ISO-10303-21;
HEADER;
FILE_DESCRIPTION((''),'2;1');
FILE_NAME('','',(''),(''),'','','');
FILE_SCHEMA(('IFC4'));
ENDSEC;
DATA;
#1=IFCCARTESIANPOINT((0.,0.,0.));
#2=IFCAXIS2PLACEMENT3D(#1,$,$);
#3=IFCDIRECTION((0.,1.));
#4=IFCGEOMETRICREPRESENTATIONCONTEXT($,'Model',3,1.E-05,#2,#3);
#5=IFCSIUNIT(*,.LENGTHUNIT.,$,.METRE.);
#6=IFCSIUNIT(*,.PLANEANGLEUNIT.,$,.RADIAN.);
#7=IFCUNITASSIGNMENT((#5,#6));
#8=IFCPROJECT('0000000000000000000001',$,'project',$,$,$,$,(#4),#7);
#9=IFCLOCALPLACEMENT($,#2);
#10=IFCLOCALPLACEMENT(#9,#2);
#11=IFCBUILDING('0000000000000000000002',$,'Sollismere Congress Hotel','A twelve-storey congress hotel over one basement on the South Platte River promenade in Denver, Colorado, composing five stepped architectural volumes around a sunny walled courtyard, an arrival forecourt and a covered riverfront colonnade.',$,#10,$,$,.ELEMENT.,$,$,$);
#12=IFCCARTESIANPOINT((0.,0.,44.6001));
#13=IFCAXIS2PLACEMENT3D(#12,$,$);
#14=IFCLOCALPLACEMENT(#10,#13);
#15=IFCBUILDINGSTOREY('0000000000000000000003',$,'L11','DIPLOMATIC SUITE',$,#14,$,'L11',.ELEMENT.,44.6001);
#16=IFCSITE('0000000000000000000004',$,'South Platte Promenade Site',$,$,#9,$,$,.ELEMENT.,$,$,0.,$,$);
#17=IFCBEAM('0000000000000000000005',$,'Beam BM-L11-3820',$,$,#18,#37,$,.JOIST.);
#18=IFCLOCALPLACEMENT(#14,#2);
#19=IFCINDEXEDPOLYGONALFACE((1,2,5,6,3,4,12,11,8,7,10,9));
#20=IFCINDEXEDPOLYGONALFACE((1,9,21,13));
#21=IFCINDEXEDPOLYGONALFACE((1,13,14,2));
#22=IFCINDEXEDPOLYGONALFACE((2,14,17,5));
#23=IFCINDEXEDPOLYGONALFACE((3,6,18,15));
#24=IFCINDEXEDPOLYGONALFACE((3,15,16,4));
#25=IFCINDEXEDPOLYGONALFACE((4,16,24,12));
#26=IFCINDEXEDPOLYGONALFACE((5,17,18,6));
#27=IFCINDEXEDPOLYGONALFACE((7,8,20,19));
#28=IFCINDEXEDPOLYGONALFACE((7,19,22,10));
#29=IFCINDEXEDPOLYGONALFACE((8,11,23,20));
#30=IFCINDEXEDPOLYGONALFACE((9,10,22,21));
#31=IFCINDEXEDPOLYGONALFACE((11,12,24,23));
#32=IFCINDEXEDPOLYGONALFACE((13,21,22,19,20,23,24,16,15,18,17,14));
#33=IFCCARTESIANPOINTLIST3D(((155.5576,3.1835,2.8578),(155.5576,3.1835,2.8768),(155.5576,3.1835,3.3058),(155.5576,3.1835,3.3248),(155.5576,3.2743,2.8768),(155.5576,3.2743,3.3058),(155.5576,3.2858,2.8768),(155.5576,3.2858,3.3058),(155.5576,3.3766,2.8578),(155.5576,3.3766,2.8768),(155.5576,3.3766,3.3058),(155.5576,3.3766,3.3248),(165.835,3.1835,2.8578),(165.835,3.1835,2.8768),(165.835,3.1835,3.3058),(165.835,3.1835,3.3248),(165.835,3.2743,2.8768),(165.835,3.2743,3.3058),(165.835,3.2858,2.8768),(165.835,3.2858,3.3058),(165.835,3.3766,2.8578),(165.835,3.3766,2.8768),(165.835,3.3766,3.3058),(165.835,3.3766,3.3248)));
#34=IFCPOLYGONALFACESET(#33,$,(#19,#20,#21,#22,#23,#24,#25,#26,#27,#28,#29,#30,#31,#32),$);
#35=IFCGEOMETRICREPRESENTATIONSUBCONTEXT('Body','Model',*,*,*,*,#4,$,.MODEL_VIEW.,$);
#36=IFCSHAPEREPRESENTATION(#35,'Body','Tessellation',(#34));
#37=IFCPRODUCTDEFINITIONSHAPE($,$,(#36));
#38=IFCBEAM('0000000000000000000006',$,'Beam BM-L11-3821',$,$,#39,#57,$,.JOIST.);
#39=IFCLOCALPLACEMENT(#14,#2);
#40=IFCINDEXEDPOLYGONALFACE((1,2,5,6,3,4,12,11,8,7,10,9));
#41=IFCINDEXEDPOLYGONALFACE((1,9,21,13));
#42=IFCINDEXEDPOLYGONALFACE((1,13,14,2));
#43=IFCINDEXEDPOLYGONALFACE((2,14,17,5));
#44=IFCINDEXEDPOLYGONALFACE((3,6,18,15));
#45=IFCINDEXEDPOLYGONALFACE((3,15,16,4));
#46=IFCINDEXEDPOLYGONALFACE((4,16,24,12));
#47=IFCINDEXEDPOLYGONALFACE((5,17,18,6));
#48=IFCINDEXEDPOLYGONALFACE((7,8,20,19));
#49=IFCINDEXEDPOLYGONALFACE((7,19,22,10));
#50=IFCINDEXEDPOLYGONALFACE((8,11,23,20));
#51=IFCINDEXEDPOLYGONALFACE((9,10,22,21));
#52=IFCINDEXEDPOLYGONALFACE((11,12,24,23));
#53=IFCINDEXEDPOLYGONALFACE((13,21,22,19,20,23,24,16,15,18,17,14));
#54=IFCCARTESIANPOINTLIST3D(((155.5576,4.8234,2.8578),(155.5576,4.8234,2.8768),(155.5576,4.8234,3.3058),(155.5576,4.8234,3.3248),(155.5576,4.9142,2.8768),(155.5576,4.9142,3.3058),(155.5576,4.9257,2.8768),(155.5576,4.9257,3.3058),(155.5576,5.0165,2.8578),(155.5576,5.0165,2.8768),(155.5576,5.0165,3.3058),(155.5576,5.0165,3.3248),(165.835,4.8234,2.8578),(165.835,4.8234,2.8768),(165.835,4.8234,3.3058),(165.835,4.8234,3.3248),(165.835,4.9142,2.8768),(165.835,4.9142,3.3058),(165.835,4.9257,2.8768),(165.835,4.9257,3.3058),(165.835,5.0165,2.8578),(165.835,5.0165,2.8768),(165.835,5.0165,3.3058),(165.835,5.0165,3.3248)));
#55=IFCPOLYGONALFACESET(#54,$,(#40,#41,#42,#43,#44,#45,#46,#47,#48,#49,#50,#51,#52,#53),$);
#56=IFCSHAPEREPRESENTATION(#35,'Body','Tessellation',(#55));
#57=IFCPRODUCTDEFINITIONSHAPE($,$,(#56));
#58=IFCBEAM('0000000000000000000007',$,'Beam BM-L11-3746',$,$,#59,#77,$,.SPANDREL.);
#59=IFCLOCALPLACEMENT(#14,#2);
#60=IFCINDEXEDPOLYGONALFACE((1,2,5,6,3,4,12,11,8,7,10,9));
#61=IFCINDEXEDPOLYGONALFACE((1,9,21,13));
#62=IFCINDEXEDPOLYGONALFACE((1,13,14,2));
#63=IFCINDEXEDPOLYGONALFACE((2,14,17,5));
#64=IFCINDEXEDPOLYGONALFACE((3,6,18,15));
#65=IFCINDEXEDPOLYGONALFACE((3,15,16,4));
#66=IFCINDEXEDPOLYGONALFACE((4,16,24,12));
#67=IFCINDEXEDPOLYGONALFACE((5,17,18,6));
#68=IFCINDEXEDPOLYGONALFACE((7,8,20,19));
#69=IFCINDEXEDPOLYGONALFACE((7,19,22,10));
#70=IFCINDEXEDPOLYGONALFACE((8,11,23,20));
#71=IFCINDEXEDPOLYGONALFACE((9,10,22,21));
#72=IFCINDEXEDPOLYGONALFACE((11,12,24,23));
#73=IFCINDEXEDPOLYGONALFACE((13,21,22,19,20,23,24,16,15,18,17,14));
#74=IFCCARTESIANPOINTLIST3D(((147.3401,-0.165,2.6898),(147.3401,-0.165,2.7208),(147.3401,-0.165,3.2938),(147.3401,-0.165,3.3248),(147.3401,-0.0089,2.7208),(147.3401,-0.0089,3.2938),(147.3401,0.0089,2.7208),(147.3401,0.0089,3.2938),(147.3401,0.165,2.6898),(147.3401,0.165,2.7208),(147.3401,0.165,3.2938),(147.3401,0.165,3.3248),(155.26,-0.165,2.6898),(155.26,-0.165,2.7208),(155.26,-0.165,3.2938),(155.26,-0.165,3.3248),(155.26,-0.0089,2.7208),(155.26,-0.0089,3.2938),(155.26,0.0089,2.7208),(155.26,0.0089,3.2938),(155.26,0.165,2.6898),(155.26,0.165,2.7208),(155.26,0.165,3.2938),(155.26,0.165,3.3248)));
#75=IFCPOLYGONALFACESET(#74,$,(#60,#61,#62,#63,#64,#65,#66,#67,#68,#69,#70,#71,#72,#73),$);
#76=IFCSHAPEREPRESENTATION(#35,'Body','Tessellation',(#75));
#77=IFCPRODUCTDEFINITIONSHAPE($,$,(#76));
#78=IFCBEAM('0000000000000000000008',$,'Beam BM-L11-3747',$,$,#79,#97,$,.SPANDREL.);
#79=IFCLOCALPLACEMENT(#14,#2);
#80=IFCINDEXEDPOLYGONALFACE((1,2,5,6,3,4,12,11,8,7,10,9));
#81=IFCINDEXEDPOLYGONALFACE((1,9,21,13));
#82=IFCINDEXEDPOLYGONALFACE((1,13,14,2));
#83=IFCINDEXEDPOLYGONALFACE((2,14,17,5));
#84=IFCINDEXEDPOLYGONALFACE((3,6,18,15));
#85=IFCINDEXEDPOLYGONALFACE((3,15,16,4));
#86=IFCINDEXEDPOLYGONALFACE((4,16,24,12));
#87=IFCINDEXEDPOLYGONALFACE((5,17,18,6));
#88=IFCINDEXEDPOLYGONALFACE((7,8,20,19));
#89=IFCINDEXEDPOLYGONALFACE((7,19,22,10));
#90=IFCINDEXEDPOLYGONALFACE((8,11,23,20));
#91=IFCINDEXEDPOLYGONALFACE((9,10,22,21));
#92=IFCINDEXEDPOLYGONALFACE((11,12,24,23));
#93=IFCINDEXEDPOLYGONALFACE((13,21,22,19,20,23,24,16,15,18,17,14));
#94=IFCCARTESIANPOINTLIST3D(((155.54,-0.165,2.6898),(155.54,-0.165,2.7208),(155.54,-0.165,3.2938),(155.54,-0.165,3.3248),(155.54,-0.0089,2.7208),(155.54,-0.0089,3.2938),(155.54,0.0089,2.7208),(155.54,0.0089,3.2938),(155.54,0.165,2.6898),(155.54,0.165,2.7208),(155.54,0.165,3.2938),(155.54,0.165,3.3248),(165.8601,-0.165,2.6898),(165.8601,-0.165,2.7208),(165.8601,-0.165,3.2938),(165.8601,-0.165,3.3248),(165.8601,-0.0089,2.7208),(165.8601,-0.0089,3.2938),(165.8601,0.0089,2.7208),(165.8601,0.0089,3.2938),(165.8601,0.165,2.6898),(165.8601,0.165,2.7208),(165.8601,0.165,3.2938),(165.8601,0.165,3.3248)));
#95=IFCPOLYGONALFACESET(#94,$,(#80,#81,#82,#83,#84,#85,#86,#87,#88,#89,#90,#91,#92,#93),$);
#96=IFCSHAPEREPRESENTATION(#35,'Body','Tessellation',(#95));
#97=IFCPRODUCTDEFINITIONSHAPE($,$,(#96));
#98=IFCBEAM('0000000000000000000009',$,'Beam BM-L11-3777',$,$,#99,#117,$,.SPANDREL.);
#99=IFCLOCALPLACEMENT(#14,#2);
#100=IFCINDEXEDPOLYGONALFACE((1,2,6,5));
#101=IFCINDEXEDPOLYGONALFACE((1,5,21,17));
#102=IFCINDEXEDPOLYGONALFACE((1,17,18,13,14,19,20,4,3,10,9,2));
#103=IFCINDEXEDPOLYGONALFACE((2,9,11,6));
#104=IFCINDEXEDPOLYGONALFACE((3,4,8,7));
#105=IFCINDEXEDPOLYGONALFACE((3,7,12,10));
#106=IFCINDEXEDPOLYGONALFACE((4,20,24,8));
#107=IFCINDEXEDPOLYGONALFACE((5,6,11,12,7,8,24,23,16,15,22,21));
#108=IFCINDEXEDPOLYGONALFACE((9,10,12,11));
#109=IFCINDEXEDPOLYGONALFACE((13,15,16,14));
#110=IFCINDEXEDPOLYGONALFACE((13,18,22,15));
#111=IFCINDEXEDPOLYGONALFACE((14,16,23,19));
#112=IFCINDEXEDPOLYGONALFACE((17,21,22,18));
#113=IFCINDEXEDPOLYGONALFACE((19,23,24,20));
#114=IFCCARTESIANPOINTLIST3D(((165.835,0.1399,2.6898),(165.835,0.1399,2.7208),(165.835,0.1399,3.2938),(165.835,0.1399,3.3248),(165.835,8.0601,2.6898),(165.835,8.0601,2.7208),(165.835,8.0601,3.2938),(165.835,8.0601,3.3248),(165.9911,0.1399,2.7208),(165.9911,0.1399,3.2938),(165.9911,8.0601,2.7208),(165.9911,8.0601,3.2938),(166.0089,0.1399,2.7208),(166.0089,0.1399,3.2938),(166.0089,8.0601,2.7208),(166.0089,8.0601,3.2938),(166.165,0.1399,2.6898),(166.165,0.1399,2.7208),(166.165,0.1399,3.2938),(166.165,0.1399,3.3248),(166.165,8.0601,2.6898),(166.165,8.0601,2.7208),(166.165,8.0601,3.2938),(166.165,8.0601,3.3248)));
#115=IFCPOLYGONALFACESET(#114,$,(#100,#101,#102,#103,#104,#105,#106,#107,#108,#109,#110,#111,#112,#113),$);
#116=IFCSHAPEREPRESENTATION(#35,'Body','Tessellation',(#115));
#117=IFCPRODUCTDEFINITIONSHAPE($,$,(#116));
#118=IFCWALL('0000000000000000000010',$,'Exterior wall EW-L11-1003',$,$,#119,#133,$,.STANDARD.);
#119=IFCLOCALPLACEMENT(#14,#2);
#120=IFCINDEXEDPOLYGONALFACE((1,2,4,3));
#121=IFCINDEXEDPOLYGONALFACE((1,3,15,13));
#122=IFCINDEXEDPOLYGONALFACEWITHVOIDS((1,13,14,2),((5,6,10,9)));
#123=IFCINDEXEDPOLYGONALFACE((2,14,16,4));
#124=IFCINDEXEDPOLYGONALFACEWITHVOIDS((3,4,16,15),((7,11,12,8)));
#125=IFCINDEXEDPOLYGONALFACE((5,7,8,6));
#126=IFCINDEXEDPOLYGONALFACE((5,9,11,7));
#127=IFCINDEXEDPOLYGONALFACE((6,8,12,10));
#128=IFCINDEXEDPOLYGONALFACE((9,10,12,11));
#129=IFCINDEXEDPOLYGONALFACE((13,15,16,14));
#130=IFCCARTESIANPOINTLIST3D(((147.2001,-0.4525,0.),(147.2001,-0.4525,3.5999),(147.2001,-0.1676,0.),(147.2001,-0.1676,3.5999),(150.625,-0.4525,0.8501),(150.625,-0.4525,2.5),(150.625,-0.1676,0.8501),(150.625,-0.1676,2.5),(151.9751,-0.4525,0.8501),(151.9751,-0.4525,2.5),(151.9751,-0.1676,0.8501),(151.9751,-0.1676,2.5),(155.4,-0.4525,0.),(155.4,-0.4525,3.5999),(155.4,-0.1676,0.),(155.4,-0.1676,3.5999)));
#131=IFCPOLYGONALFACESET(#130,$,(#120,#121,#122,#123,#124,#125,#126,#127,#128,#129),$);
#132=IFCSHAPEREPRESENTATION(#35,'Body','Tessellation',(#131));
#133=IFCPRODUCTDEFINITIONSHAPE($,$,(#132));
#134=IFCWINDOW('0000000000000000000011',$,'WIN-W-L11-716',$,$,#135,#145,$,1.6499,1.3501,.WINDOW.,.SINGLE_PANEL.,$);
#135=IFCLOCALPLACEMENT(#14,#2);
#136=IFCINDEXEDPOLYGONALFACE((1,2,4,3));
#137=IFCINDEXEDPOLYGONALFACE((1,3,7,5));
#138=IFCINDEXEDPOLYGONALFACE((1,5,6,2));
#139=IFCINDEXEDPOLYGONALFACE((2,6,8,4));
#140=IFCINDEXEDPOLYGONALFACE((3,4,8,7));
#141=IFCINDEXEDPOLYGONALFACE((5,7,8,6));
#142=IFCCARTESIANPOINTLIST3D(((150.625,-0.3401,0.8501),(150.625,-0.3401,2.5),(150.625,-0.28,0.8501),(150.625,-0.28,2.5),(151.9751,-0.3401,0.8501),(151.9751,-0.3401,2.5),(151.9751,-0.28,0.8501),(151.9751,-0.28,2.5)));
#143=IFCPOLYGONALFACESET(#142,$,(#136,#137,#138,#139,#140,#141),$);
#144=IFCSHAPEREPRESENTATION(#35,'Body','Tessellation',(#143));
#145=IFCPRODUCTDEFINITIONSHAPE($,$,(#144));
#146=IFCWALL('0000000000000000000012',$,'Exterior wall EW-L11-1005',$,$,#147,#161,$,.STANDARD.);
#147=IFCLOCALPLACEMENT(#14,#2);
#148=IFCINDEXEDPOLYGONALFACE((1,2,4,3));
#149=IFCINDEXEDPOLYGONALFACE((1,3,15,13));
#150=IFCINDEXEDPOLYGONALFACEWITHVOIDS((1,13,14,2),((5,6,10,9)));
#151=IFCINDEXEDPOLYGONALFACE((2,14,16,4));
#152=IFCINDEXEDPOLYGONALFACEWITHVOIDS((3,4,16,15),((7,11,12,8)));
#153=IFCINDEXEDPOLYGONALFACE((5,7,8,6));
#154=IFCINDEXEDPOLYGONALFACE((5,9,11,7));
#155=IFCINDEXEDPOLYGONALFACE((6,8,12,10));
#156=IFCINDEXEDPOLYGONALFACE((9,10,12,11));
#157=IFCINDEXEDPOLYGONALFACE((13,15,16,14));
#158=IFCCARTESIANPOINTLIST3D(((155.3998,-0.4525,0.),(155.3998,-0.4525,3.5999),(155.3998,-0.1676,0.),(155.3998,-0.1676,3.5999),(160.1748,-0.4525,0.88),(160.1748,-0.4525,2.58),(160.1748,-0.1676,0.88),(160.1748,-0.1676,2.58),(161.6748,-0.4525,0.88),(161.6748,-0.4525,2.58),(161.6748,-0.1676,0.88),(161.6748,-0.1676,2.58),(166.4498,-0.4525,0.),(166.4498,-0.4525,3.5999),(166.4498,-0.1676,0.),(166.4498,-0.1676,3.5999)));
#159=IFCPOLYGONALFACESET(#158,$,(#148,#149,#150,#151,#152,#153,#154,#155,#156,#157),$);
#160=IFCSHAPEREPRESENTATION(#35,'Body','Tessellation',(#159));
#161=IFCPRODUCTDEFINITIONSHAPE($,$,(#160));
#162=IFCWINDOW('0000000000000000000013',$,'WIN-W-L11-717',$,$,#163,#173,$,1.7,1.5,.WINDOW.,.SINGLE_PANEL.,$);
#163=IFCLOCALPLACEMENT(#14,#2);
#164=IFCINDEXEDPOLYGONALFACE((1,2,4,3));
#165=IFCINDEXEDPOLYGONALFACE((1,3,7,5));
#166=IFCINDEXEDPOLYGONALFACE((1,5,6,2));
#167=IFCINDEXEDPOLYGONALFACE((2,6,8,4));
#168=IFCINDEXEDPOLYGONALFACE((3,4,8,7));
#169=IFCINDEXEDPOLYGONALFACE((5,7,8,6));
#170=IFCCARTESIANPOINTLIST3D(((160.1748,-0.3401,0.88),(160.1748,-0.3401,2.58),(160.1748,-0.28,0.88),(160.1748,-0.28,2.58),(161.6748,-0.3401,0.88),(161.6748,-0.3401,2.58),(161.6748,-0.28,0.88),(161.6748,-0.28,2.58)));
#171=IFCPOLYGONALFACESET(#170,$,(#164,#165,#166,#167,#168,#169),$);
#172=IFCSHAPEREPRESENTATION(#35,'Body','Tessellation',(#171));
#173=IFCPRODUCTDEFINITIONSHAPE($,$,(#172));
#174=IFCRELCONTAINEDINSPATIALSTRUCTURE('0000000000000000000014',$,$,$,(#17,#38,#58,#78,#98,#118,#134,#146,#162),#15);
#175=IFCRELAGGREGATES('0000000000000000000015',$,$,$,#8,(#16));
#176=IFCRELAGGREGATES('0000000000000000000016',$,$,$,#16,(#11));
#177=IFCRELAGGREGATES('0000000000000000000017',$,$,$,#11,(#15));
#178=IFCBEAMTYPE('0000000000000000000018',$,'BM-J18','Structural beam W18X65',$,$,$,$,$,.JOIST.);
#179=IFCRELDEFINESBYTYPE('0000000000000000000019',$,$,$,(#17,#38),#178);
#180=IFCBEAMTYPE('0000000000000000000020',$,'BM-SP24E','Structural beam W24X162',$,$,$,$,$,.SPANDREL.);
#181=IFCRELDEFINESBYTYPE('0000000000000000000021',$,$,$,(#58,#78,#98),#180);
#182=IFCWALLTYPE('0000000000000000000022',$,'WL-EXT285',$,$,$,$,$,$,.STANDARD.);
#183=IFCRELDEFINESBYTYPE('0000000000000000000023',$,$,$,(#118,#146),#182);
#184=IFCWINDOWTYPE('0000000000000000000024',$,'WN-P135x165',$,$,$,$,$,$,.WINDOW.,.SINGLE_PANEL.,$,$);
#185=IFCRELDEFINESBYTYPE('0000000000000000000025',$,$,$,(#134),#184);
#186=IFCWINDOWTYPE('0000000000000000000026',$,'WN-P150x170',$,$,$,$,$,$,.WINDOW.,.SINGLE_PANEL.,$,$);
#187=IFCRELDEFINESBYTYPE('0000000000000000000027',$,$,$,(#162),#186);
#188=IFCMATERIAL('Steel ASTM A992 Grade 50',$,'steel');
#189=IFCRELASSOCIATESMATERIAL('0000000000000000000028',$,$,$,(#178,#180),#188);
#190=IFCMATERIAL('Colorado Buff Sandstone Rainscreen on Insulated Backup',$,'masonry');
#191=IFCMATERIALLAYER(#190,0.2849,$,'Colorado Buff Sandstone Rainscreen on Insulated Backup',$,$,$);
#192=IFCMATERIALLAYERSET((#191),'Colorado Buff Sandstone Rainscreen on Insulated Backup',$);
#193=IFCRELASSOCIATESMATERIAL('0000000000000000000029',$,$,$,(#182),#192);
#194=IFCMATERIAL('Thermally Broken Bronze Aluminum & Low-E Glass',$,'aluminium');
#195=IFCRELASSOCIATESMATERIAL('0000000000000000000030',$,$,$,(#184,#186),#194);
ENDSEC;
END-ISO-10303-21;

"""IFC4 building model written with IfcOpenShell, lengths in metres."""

from ifc_helpers import new_model, si_unit, direction, frame, frame_2d, origin, origin_2d, place, context, subcontext, project, spatial, rectangle, i_section, extrude, material, layer, layer_set, material_profile, profile_set, type_object, element, fill, save


model = new_model("IFC4")

# Units and contexts
model_context = context("Model", 3, precision=1e-05, world=origin(), true_north=direction((0.0, 1.0)))
body_context = subcontext(model_context, "Body", "Model", "MODEL_VIEW")
ifc_project = project(units=[si_unit("LENGTHUNIT", "METRE"), si_unit("PLANEANGLEUNIT", "RADIAN")], contexts=[model_context])

# Site, building, storey
site_placement = place(None, origin())
site = spatial("IfcSite", under=ifc_project, at=site_placement, Name="South Platte Promenade Site", CompositionType="ELEMENT", RefElevation=0.0)
building_placement = place(site_placement, origin())
building = spatial("IfcBuilding", under=site, at=building_placement, Name="Sollismere Congress Hotel", Description="A twelve-storey congress hotel over one basement on the South Platte River promenade in Denver, Colorado, composing five stepped architectural volumes around a sunny walled courtyard, an arrival forecourt and a covered riverfront colonnade.", CompositionType="ELEMENT")
storey_placement = place(building_placement, frame((0.0, 0.0, 44.6001)))
storey = spatial("IfcBuildingStorey", under=building, at=storey_placement, Name="L11", Description="DIPLOMATIC SUITE", LongName="L11", CompositionType="ELEMENT", Elevation=44.6001)

# Shared definitions
ifc_material_1 = material(Name="Steel ASTM A992 Grade 50", Category="steel")

# Beams
ifc_material_profile_1 = material_profile(ifc_material_1, i_section(OverallWidth=0.1931, OverallDepth=0.467, WebThickness=0.0115, FlangeThickness=0.019, at=origin_2d()), Name="W18X65")
ifc_profile_set_1 = profile_set([ifc_material_profile_1], Name="Steel ASTM A992 Grade 50")
beam_type_1 = type_object("IfcBeamType", Name="BM-J18", Description="Structural beam W18X65", PredefinedType="JOIST", material=ifc_profile_set_1)
for number, where, z_axis, x_axis, name in (
    (1, (155.5576, 3.28, 3.0913), (1.0, 0.0, 0.0), (0.0, 1.0, 0.0), "Beam BM-L11-3820"),
    (2, (155.5576, 4.9199, 3.0913), (1.0, 0.0, 0.0), (0.0, 1.0, 0.0), "Beam BM-L11-3821"),
):
    element("IfcBeam", number, at=place(storey_placement, frame(where, z_axis=z_axis, x_axis=x_axis)), inside=storey, type_object=beam_type_1, Name=name, PredefinedType="JOIST", context=body_context, shape_type="SweptSolid", body=[
        extrude(i_section(OverallWidth=0.1931, OverallDepth=0.467, WebThickness=0.0115, FlangeThickness=0.019, at=origin_2d()), origin(), (0.0, 0.0, 1.0), 10.2773),
    ])
ifc_material_profile_2 = material_profile(ifc_material_1, i_section(OverallWidth=0.3301, OverallDepth=0.635, WebThickness=0.0178, FlangeThickness=0.031, at=origin_2d()), Name="W24X162")
ifc_profile_set_2 = profile_set([ifc_material_profile_2], Name="Steel ASTM A992 Grade 50")
beam_type_2 = type_object("IfcBeamType", Name="BM-SP24E", Description="Structural beam W24X162", PredefinedType="SPANDREL", material=ifc_profile_set_2)
beam_1_placement = place(storey_placement, frame((147.3401, 0.0, 3.0073), z_axis=(1.0, 0.0, 0.0), x_axis=(0.0, 1.0, 0.0)))
element("IfcBeam", 3, at=beam_1_placement, inside=storey, type_object=beam_type_2, Name="Beam BM-L11-3746", PredefinedType="SPANDREL", context=body_context, shape_type="SweptSolid", body=[
    extrude(i_section(OverallWidth=0.3301, OverallDepth=0.635, WebThickness=0.0178, FlangeThickness=0.031, at=origin_2d()), origin(), (0.0, 0.0, 1.0), 7.9199),
])
beam_2_placement = place(storey_placement, frame((155.54, 0.0, 3.0073), z_axis=(1.0, 0.0, 0.0), x_axis=(0.0, 1.0, 0.0)))
element("IfcBeam", 4, at=beam_2_placement, inside=storey, type_object=beam_type_2, Name="Beam BM-L11-3747", PredefinedType="SPANDREL", context=body_context, shape_type="SweptSolid", body=[
    extrude(i_section(OverallWidth=0.3301, OverallDepth=0.635, WebThickness=0.0178, FlangeThickness=0.031, at=origin_2d()), origin(), (0.0, 0.0, 1.0), 10.3201),
])
beam_3_placement = place(storey_placement, frame((166.0, 0.1399, 3.0073), z_axis=(0.0, 1.0, 0.0), x_axis=(-1.0, 0.0, 0.0)))
element("IfcBeam", 5, at=beam_3_placement, inside=storey, type_object=beam_type_2, Name="Beam BM-L11-3777", PredefinedType="SPANDREL", context=body_context, shape_type="SweptSolid", body=[
    extrude(i_section(OverallWidth=0.3301, OverallDepth=0.635, WebThickness=0.0178, FlangeThickness=0.031, at=origin_2d()), origin(), (0.0, 0.0, 1.0), 7.9202),
])

# Walls, openings, windows
ifc_material_2 = material(Name="Colorado Buff Sandstone Rainscreen on Insulated Backup", Category="masonry")
ifc_layer_1 = layer(ifc_material_2, 0.2849, Name="Colorado Buff Sandstone Rainscreen on Insulated Backup")
ifc_layer_set_1 = layer_set([ifc_layer_1], Name="Colorado Buff Sandstone Rainscreen on Insulated Backup")
wall_type_1 = type_object("IfcWallType", Name="WL-EXT285", PredefinedType="STANDARD", material=ifc_layer_set_1)
wall_1_placement = place(storey_placement, frame((147.2, -0.3101, 0.0), z_axis=(0.0, 0.0, 1.0), x_axis=(1.0, 0.0, 0.0)))
wall_1 = element("IfcWall", 6, at=wall_1_placement, inside=storey, type_object=wall_type_1, Name="Exterior wall EW-L11-1003", PredefinedType="STANDARD", context=body_context, shape_type="SweptSolid", body=[
    extrude(rectangle(XDim=8.2, YDim=0.2849, at=frame_2d((4.1001, 0.0))), origin(), (0.0, 0.0, 1.0), 3.5999),
])
opening_1_placement = place(wall_1_placement, frame((3.425, 0.0, 0.8501)))
opening_1 = element("IfcOpeningElement", 7, at=opening_1_placement, cuts=wall_1, PredefinedType="OPENING", context=body_context, shape_type="SweptSolid", body=[
    extrude(rectangle(XDim=1.3501, YDim=1.6499, at=frame_2d((0.675, 0.825))), frame((0.0, 0.1523, 0.0), z_axis=(0.0, -1.0, 0.0), x_axis=(1.0, 0.0, 0.0)), (0.0, 0.0, 1.0), 0.3049),
])
ifc_material_3 = material(Name="Thermally Broken Bronze Aluminum & Low-E Glass", Category="aluminium")
window_type_1 = type_object("IfcWindowType", Name="WN-P135x165", PartitioningType="SINGLE_PANEL", PredefinedType="WINDOW", material=ifc_material_3)
window_1_placement = place(opening_1_placement, origin())
window_1 = element("IfcWindow", 8, at=window_1_placement, inside=storey, type_object=window_type_1, Name="WIN-W-L11-716", OverallHeight=1.6499, OverallWidth=1.3501, PartitioningType="SINGLE_PANEL", PredefinedType="WINDOW", context=body_context, shape_type="SweptSolid", body=[
    extrude(rectangle(XDim=1.3501, YDim=1.6499, at=frame_2d((0.675, 0.825))), frame((0.0, 0.03, 0.0), z_axis=(0.0, -1.0, 0.0), x_axis=(1.0, 0.0, 0.0)), (0.0, 0.0, 1.0), 0.0601),
])
fill(opening_1, window_1)
wall_2_placement = place(storey_placement, frame((155.3999, -0.3101, 0.0), z_axis=(0.0, 0.0, 1.0), x_axis=(1.0, 0.0, 0.0)))
wall_2 = element("IfcWall", 9, at=wall_2_placement, inside=storey, type_object=wall_type_1, Name="Exterior wall EW-L11-1005", PredefinedType="STANDARD", context=body_context, shape_type="SweptSolid", body=[
    extrude(rectangle(XDim=11.05, YDim=0.2849, at=frame_2d((5.5249, 0.0))), origin(), (0.0, 0.0, 1.0), 3.5999),
])
opening_2_placement = place(wall_2_placement, frame((4.7749, 0.0, 0.8799)))
opening_2 = element("IfcOpeningElement", 10, at=opening_2_placement, cuts=wall_2, PredefinedType="OPENING", context=body_context, shape_type="SweptSolid", body=[
    extrude(rectangle(XDim=1.5, YDim=1.7, at=frame_2d((0.75, 0.8501))), frame((0.0, 0.1523, 0.0), z_axis=(0.0, -1.0, 0.0), x_axis=(1.0, 0.0, 0.0)), (0.0, 0.0, 1.0), 0.3049),
])
window_type_2 = type_object("IfcWindowType", Name="WN-P150x170", PartitioningType="SINGLE_PANEL", PredefinedType="WINDOW", material=ifc_material_3)
window_2_placement = place(opening_2_placement, origin())
window_2 = element("IfcWindow", 11, at=window_2_placement, inside=storey, type_object=window_type_2, Name="WIN-W-L11-717", OverallHeight=1.7, OverallWidth=1.5, PartitioningType="SINGLE_PANEL", PredefinedType="WINDOW", context=body_context, shape_type="SweptSolid", body=[
    extrude(rectangle(XDim=1.5, YDim=1.7, at=frame_2d((0.75, 0.8501))), frame((0.0, 0.03, 0.0), z_axis=(0.0, -1.0, 0.0), x_axis=(1.0, 0.0, 0.0)), (0.0, 0.0, 1.0), 0.0601),
])
fill(opening_2, window_2)

save(model, "model.ifc")
